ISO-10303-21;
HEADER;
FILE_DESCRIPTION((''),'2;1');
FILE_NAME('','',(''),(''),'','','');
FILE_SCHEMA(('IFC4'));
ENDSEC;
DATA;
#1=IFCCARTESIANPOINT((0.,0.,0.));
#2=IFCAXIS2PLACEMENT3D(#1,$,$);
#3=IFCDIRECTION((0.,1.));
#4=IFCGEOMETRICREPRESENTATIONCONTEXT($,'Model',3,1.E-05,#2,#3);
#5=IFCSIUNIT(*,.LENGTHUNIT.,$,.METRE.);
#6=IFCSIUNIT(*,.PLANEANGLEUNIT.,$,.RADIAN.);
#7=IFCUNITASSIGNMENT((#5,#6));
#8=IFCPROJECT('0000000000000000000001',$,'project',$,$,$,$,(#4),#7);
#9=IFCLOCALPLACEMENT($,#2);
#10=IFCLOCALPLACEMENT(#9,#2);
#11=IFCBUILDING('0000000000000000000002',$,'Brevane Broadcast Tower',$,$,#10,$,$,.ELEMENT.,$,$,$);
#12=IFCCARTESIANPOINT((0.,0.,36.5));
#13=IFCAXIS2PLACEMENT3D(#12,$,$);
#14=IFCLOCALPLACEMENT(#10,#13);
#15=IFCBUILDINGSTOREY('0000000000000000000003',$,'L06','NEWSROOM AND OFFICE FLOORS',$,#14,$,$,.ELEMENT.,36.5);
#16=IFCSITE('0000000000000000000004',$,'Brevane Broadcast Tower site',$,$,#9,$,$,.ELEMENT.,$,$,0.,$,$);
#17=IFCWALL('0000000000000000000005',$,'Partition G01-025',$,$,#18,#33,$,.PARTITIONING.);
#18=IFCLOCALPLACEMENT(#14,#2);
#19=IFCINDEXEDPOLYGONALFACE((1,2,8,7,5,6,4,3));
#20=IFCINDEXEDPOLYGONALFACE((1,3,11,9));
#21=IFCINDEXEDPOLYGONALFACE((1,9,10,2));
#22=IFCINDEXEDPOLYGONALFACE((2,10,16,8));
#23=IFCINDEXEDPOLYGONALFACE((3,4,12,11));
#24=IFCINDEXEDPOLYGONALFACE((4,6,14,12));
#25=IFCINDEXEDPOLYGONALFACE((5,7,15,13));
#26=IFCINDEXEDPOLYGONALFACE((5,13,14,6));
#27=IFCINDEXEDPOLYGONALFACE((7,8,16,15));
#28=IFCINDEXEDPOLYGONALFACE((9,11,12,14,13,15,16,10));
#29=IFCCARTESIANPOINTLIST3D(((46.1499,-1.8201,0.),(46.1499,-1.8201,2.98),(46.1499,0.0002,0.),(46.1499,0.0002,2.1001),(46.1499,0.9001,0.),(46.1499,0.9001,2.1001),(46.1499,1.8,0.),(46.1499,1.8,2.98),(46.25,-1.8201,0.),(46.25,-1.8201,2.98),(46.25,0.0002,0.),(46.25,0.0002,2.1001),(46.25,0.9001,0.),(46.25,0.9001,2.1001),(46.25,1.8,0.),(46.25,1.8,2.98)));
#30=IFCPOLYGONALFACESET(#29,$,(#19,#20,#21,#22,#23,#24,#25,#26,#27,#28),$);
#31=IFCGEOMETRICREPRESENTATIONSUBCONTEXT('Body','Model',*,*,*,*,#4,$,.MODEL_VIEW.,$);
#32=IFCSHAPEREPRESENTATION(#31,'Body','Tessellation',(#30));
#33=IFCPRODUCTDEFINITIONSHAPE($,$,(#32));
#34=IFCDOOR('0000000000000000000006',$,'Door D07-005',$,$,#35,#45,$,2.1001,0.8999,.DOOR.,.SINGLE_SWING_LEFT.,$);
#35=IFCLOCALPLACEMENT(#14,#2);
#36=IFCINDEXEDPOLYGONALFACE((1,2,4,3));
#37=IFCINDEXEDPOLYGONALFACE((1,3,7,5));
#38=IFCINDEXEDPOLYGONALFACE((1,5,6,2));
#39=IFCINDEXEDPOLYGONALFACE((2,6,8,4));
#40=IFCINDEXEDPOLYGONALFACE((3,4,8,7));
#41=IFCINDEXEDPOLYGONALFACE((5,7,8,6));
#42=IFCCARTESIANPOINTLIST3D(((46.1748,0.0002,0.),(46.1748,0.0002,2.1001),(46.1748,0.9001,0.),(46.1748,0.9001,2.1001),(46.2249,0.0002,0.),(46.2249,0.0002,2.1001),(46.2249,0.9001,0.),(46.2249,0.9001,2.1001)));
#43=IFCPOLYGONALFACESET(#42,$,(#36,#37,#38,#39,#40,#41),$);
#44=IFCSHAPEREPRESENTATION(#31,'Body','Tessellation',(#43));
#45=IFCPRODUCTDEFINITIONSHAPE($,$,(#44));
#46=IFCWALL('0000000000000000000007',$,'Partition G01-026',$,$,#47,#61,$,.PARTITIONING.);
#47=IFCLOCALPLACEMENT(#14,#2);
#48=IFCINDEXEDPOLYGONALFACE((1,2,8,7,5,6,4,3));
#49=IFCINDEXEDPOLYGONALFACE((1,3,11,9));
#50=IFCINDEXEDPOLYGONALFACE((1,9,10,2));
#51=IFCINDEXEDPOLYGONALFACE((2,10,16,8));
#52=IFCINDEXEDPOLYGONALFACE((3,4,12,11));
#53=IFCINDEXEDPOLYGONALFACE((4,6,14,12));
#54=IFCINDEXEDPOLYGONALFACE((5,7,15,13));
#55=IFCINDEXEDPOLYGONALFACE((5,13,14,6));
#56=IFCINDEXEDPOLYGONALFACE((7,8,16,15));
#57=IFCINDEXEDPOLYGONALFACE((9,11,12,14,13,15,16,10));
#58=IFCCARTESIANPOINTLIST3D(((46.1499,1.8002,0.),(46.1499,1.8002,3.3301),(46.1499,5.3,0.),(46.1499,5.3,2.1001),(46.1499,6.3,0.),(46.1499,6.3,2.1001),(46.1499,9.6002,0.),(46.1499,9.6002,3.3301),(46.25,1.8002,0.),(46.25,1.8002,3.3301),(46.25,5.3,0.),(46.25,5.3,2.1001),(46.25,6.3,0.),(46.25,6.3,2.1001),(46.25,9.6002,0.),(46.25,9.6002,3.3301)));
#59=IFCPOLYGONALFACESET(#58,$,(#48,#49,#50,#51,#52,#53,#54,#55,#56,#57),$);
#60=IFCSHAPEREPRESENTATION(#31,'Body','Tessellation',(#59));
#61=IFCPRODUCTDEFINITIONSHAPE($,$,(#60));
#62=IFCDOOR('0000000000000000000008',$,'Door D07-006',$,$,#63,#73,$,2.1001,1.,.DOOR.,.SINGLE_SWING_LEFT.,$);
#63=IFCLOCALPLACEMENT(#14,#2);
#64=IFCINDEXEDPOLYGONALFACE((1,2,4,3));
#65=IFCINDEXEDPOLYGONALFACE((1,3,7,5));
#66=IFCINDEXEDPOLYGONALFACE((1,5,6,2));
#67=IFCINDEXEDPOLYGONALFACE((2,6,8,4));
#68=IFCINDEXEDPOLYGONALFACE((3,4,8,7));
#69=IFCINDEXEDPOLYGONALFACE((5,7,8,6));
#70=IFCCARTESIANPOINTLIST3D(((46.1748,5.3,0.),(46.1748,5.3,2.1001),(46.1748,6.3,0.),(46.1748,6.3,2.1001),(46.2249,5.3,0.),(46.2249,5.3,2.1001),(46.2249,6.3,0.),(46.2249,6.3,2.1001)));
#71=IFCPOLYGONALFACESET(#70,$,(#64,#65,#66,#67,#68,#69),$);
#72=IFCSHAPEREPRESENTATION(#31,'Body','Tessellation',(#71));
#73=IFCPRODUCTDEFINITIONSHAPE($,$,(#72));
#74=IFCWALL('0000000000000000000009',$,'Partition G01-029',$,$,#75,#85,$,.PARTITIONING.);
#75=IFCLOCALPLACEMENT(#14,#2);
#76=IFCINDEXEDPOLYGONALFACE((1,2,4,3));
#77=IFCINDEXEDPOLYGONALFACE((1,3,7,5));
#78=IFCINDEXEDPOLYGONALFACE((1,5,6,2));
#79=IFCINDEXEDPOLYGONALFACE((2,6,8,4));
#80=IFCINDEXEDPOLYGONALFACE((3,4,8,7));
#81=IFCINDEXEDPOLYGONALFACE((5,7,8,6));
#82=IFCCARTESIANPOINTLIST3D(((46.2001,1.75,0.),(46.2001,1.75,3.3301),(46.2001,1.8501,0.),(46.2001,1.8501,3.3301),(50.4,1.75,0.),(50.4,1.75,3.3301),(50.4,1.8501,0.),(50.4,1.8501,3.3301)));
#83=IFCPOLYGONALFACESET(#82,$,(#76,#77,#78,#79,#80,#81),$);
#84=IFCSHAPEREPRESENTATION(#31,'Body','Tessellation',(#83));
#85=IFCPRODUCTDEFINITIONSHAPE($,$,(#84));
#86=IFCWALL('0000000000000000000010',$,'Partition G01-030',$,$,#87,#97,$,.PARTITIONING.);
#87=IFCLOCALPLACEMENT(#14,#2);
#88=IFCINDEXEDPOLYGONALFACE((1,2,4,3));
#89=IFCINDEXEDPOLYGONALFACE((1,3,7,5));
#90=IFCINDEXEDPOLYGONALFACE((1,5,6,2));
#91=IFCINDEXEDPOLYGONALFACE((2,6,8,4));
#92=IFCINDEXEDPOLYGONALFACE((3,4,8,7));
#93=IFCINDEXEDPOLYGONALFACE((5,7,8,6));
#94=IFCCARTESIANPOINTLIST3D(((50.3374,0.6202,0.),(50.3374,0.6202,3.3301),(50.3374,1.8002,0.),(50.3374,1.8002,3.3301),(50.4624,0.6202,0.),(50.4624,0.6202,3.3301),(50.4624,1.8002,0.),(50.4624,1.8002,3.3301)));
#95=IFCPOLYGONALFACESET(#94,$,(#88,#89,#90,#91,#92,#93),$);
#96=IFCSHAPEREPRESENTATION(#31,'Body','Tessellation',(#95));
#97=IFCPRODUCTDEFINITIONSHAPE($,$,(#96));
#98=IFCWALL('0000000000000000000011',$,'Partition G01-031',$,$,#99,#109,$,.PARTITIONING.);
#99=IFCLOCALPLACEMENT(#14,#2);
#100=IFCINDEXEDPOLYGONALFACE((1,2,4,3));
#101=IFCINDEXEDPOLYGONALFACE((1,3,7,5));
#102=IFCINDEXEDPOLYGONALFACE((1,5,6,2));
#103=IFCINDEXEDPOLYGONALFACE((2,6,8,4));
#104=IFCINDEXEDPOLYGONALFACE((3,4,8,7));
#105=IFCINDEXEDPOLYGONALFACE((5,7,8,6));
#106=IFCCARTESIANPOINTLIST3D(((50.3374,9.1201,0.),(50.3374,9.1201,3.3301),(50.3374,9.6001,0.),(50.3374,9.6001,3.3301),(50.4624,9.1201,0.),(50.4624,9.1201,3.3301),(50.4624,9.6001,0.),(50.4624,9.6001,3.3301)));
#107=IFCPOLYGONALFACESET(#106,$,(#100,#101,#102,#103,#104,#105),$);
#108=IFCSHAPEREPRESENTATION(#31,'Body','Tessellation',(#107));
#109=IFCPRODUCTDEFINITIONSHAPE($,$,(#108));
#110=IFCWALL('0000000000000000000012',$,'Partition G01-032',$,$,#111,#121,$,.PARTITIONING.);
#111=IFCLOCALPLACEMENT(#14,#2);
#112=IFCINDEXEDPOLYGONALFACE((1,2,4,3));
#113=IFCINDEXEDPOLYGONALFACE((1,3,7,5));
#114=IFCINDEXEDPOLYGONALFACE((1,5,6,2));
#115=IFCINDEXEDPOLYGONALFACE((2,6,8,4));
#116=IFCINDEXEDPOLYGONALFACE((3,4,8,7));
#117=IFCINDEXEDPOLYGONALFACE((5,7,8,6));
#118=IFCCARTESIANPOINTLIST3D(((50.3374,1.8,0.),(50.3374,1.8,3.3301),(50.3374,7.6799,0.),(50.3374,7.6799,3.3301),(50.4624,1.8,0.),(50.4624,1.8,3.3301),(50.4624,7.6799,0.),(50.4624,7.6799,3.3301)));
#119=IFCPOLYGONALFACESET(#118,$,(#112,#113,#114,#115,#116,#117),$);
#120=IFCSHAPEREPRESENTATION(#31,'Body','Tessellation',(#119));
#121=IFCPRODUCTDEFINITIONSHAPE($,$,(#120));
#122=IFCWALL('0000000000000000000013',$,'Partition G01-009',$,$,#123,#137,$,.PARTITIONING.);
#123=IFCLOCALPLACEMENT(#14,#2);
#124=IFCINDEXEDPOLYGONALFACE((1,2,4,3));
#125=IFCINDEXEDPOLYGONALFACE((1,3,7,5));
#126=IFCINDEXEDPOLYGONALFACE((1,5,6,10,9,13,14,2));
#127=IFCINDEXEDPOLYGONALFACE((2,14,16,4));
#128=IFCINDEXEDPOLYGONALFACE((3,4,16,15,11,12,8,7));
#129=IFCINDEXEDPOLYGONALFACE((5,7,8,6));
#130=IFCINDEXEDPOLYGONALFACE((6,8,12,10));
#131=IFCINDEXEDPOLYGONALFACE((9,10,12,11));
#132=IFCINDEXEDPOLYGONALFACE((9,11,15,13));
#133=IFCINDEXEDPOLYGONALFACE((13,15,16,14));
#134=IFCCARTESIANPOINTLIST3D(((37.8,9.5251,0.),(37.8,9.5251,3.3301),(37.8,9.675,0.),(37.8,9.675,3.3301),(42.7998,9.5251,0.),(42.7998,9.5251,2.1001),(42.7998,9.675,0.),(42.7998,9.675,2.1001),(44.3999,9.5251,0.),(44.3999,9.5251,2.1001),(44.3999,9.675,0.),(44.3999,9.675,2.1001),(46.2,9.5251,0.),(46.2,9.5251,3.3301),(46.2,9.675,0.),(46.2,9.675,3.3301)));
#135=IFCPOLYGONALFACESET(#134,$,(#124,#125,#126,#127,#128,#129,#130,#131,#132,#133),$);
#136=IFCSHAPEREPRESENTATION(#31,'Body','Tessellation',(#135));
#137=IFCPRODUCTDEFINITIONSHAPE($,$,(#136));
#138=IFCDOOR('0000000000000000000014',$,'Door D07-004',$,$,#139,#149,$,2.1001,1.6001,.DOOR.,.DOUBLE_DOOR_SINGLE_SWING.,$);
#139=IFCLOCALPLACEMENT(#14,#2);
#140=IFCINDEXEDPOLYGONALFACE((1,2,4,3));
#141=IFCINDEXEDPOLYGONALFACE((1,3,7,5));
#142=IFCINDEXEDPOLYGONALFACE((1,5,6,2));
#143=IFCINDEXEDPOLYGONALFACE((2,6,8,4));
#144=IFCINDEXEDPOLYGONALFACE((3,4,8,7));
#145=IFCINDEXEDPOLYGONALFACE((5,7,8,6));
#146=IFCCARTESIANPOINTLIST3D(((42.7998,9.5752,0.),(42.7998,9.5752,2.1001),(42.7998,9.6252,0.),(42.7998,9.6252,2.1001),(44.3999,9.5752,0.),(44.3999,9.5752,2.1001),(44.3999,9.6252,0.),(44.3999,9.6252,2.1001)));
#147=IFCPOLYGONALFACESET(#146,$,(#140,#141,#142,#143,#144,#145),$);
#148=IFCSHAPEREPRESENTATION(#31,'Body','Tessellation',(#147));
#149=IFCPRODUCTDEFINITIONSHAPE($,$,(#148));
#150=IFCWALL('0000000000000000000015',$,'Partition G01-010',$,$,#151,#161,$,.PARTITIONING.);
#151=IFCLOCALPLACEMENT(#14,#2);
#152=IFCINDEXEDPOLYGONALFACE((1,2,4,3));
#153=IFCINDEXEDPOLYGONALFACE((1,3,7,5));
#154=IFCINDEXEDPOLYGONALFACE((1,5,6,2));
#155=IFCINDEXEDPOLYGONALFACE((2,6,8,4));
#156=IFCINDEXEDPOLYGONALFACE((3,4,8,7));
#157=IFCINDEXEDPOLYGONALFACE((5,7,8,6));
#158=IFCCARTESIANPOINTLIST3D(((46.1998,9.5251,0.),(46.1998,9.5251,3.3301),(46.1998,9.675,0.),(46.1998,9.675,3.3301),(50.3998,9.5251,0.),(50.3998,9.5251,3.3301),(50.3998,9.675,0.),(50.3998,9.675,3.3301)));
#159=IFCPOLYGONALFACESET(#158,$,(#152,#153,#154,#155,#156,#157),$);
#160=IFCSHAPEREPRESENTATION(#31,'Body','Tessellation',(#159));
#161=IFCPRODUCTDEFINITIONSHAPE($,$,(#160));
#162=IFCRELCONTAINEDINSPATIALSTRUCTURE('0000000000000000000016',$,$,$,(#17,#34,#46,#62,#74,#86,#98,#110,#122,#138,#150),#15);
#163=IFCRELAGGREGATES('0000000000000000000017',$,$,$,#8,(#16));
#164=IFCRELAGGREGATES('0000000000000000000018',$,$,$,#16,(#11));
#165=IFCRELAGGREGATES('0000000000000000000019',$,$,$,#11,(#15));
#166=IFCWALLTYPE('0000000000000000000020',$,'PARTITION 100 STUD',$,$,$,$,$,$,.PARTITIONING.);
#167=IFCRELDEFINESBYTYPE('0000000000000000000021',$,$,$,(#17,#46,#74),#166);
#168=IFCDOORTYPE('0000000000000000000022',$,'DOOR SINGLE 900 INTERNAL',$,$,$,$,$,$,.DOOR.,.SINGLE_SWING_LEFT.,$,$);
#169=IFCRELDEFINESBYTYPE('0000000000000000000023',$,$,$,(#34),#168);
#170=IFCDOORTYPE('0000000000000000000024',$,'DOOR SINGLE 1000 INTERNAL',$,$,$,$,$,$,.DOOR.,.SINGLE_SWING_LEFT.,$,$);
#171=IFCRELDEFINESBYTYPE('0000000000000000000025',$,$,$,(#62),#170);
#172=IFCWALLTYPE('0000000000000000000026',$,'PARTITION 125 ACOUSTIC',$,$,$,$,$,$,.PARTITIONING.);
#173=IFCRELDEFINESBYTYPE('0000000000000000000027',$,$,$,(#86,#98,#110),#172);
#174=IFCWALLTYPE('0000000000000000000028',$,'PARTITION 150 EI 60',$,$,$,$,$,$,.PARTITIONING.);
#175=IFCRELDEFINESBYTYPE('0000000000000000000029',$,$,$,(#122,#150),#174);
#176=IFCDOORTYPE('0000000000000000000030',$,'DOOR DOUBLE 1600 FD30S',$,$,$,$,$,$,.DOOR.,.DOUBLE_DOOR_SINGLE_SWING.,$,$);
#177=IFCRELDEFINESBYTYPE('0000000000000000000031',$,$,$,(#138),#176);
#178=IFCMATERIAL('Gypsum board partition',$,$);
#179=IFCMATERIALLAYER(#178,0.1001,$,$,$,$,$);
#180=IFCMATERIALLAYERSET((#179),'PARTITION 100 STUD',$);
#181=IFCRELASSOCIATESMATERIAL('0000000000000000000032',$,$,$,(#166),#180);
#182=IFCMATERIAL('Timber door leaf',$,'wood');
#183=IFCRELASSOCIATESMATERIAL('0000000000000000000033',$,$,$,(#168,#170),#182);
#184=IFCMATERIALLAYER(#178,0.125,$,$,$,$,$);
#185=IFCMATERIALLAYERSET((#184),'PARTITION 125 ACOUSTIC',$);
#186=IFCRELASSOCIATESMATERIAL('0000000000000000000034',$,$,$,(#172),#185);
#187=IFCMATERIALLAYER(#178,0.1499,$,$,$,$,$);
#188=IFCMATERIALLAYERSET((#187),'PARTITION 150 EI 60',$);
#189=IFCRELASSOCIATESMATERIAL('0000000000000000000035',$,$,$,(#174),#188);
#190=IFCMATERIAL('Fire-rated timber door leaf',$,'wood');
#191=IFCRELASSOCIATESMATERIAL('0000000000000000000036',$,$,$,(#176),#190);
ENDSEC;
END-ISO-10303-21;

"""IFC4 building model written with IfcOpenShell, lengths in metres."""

from ifc_helpers import new_model, si_unit, direction, frame, frame_2d, origin, place, context, subcontext, project, spatial, rectangle, extrude, material, layer, layer_set, type_object, element, fill, save


model = new_model("IFC4")

# Units and contexts
model_context = context("Model", 3, precision=1e-05, world=origin(), true_north=direction((0.0, 1.0)))
body_context = subcontext(model_context, "Body", "Model", "MODEL_VIEW")
ifc_project = project(units=[si_unit("LENGTHUNIT", "METRE"), si_unit("PLANEANGLEUNIT", "RADIAN")], contexts=[model_context])

# Site, building, storey
site_placement = place(None, origin())
site = spatial("IfcSite", under=ifc_project, at=site_placement, Name="Brevane Broadcast Tower site", CompositionType="ELEMENT", RefElevation=0.0)
building_placement = place(site_placement, origin())
building = spatial("IfcBuilding", under=site, at=building_placement, Name="Brevane Broadcast Tower", CompositionType="ELEMENT")
storey_placement = place(building_placement, frame((0.0, 0.0, 36.5)))
storey = spatial("IfcBuildingStorey", under=building, at=storey_placement, Name="L06", Description="NEWSROOM AND OFFICE FLOORS", CompositionType="ELEMENT", Elevation=36.5)

# Walls, openings, doors
ifc_material_1 = material(Name="Gypsum board partition")
ifc_layer_1 = layer(ifc_material_1, 0.1001)
ifc_layer_set_1 = layer_set([ifc_layer_1], Name="PARTITION 100 STUD")
wall_type_1 = type_object("IfcWallType", Name="PARTITION 100 STUD", PredefinedType="PARTITIONING", material=ifc_layer_set_1)
wall_1_placement = place(storey_placement, frame((46.2, 1.8, 0.0), z_axis=(0.0, 0.0, 1.0), x_axis=(0.0, -1.0, 0.0)))
wall_1 = element("IfcWall", 1, at=wall_1_placement, inside=storey, type_object=wall_type_1, Name="Partition G01-025", PredefinedType="PARTITIONING", context=body_context, shape_type="SweptSolid", body=[
    extrude(rectangle(XDim=3.6201, YDim=0.1001, at=frame_2d((1.8101, 0.0))), origin(), (0.0, 0.0, 1.0), 2.98),
])
opening_1_placement = place(wall_1_placement, frame((0.8999, 0.0, 0.0)))
opening_1 = element("IfcOpeningElement", 2, at=opening_1_placement, cuts=wall_1, PredefinedType="OPENING", context=body_context, shape_type="SweptSolid", body=[
    extrude(rectangle(XDim=0.8999, YDim=2.1001, at=frame_2d((0.45, 1.05))), frame((0.0, 0.0601, 0.0), z_axis=(0.0, -1.0, 0.0), x_axis=(1.0, 0.0, 0.0)), (0.0, 0.0, 1.0), 0.1201),
])
ifc_material_2 = material(Name="Timber door leaf", Category="wood")
door_type_1 = type_object("IfcDoorType", Name="DOOR SINGLE 900 INTERNAL", OperationType="SINGLE_SWING_LEFT", PredefinedType="DOOR", material=ifc_material_2)
door_1_placement = place(opening_1_placement, origin())
door_1 = element("IfcDoor", 3, at=door_1_placement, inside=storey, type_object=door_type_1, Name="Door D07-005", OperationType="SINGLE_SWING_LEFT", OverallHeight=2.1001, OverallWidth=0.8999, PredefinedType="DOOR", context=body_context, shape_type="SweptSolid", body=[
    extrude(rectangle(XDim=0.8999, YDim=2.1001, at=frame_2d((0.45, 1.05))), frame((0.0, 0.0249, 0.0), z_axis=(0.0, -1.0, 0.0), x_axis=(1.0, 0.0, 0.0)), (0.0, 0.0, 1.0), 0.05),
])
fill(opening_1, door_1)
wall_2_placement = place(storey_placement, frame((46.2, 9.6001, 0.0), z_axis=(0.0, 0.0, 1.0), x_axis=(0.0, -1.0, 0.0)))
wall_2 = element("IfcWall", 4, at=wall_2_placement, inside=storey, type_object=wall_type_1, Name="Partition G01-026", PredefinedType="PARTITIONING", context=body_context, shape_type="SweptSolid", body=[
    extrude(rectangle(XDim=7.8, YDim=0.1001, at=frame_2d((3.8999, 0.0))), origin(), (0.0, 0.0, 1.0), 3.3301),
])
opening_2_placement = place(wall_2_placement, frame((3.3, 0.0, 0.0)))
opening_2 = element("IfcOpeningElement", 5, at=opening_2_placement, cuts=wall_2, PredefinedType="OPENING", context=body_context, shape_type="SweptSolid", body=[
    extrude(rectangle(XDim=1.0, YDim=2.1001, at=frame_2d((0.5, 1.05))), frame((0.0, 0.0601, 0.0), z_axis=(0.0, -1.0, 0.0), x_axis=(1.0, 0.0, 0.0)), (0.0, 0.0, 1.0), 0.1201),
])
door_type_2 = type_object("IfcDoorType", Name="DOOR SINGLE 1000 INTERNAL", OperationType="SINGLE_SWING_LEFT", PredefinedType="DOOR", material=ifc_material_2)
door_2_placement = place(opening_2_placement, origin())
door_2 = element("IfcDoor", 6, at=door_2_placement, inside=storey, type_object=door_type_2, Name="Door D07-006", OperationType="SINGLE_SWING_LEFT", OverallHeight=2.1001, OverallWidth=1.0, PredefinedType="DOOR", context=body_context, shape_type="SweptSolid", body=[
    extrude(rectangle(XDim=1.0, YDim=2.1001, at=frame_2d((0.5, 1.05))), frame((0.0, 0.0249, 0.0), z_axis=(0.0, -1.0, 0.0), x_axis=(1.0, 0.0, 0.0)), (0.0, 0.0, 1.0), 0.05),
])
fill(opening_2, door_2)

# Walls
wall_3_placement = place(storey_placement, frame((46.2, 1.8, 0.0), z_axis=(0.0, 0.0, 1.0), x_axis=(1.0, 0.0, 0.0)))
element("IfcWall", 7, at=wall_3_placement, inside=storey, type_object=wall_type_1, Name="Partition G01-029", PredefinedType="PARTITIONING", context=body_context, shape_type="SweptSolid", body=[
    extrude(rectangle(XDim=4.2, YDim=0.1001, at=frame_2d((2.1001, 0.0))), origin(), (0.0, 0.0, 1.0), 3.3301),
])
ifc_layer_2 = layer(ifc_material_1, 0.125)
ifc_layer_set_2 = layer_set([ifc_layer_2], Name="PARTITION 125 ACOUSTIC")
wall_type_2 = type_object("IfcWallType", Name="PARTITION 125 ACOUSTIC", PredefinedType="PARTITIONING", material=ifc_layer_set_2)
wall_4_placement = place(storey_placement, frame((50.3999, 1.8, 0.0), z_axis=(0.0, 0.0, 1.0), x_axis=(0.0, -1.0, 0.0)))
element("IfcWall", 8, at=wall_4_placement, inside=storey, type_object=wall_type_2, Name="Partition G01-030", PredefinedType="PARTITIONING", context=body_context, shape_type="SweptSolid", body=[
    extrude(rectangle(XDim=1.1799, YDim=0.125, at=frame_2d((0.5898, 0.0))), origin(), (0.0, 0.0, 1.0), 3.3301),
])
wall_5_placement = place(storey_placement, frame((50.3999, 9.6001, 0.0), z_axis=(0.0, 0.0, 1.0), x_axis=(0.0, -1.0, 0.0)))
element("IfcWall", 9, at=wall_5_placement, inside=storey, type_object=wall_type_2, Name="Partition G01-031", PredefinedType="PARTITIONING", context=body_context, shape_type="SweptSolid", body=[
    extrude(rectangle(XDim=0.48, YDim=0.125, at=frame_2d((0.24, 0.0))), origin(), (0.0, 0.0, 1.0), 3.3301),
])
wall_6_placement = place(storey_placement, frame((50.3999, 7.6799, 0.0), z_axis=(0.0, 0.0, 1.0), x_axis=(0.0, -1.0, 0.0)))
element("IfcWall", 10, at=wall_6_placement, inside=storey, type_object=wall_type_2, Name="Partition G01-032", PredefinedType="PARTITIONING", context=body_context, shape_type="SweptSolid", body=[
    extrude(rectangle(XDim=5.8799, YDim=0.125, at=frame_2d((2.9399, 0.0))), origin(), (0.0, 0.0, 1.0), 3.3301),
])

# Wall, opening, door
ifc_layer_3 = layer(ifc_material_1, 0.1499)
ifc_layer_set_3 = layer_set([ifc_layer_3], Name="PARTITION 150 EI 60")
wall_type_3 = type_object("IfcWallType", Name="PARTITION 150 EI 60", PredefinedType="PARTITIONING", material=ifc_layer_set_3)
wall_7_placement = place(storey_placement, frame((46.2, 9.6001, 0.0), z_axis=(0.0, 0.0, 1.0), x_axis=(-1.0, 0.0, 0.0)))
wall_7 = element("IfcWall", 11, at=wall_7_placement, inside=storey, type_object=wall_type_3, Name="Partition G01-009", PredefinedType="PARTITIONING", context=body_context, shape_type="SweptSolid", body=[
    extrude(rectangle(XDim=8.3999, YDim=0.1499, at=frame_2d((4.2, 0.0))), origin(), (0.0, 0.0, 1.0), 3.3301),
])
opening_3_placement = place(wall_7_placement, frame((1.8, 0.0, 0.0)))
opening_3 = element("IfcOpeningElement", 12, at=opening_3_placement, cuts=wall_7, PredefinedType="OPENING", context=body_context, shape_type="SweptSolid", body=[
    extrude(rectangle(XDim=1.6001, YDim=2.1001, at=frame_2d((0.8, 1.05))), frame((0.0, 0.085, 0.0), z_axis=(0.0, -1.0, 0.0), x_axis=(1.0, 0.0, 0.0)), (0.0, 0.0, 1.0), 0.1699),
])
ifc_material_3 = material(Name="Fire-rated timber door leaf", Category="wood")
door_type_3 = type_object("IfcDoorType", Name="DOOR DOUBLE 1600 FD30S", OperationType="DOUBLE_DOOR_SINGLE_SWING", PredefinedType="DOOR", material=ifc_material_3)
door_3_placement = place(opening_3_placement, origin())
door_3 = element("IfcDoor", 13, at=door_3_placement, inside=storey, type_object=door_type_3, Name="Door D07-004", OperationType="DOUBLE_DOOR_SINGLE_SWING", OverallHeight=2.1001, OverallWidth=1.6001, PredefinedType="DOOR", context=body_context, shape_type="SweptSolid", body=[
    extrude(rectangle(XDim=1.6001, YDim=2.1001, at=frame_2d((0.8, 1.05))), frame((0.0, 0.0249, 0.0), z_axis=(0.0, -1.0, 0.0), x_axis=(1.0, 0.0, 0.0)), (0.0, 0.0, 1.0), 0.05),
])
fill(opening_3, door_3)

# Wall
wall_8_placement = place(storey_placement, frame((50.3999, 9.6001, 0.0), z_axis=(0.0, 0.0, 1.0), x_axis=(-1.0, 0.0, 0.0)))
element("IfcWall", 14, at=wall_8_placement, inside=storey, type_object=wall_type_3, Name="Partition G01-010", PredefinedType="PARTITIONING", context=body_context, shape_type="SweptSolid", body=[
    extrude(rectangle(XDim=4.2, YDim=0.1499, at=frame_2d((2.1001, 0.0))), origin(), (0.0, 0.0, 1.0), 3.3301),
])

save(model, "model.ifc")
